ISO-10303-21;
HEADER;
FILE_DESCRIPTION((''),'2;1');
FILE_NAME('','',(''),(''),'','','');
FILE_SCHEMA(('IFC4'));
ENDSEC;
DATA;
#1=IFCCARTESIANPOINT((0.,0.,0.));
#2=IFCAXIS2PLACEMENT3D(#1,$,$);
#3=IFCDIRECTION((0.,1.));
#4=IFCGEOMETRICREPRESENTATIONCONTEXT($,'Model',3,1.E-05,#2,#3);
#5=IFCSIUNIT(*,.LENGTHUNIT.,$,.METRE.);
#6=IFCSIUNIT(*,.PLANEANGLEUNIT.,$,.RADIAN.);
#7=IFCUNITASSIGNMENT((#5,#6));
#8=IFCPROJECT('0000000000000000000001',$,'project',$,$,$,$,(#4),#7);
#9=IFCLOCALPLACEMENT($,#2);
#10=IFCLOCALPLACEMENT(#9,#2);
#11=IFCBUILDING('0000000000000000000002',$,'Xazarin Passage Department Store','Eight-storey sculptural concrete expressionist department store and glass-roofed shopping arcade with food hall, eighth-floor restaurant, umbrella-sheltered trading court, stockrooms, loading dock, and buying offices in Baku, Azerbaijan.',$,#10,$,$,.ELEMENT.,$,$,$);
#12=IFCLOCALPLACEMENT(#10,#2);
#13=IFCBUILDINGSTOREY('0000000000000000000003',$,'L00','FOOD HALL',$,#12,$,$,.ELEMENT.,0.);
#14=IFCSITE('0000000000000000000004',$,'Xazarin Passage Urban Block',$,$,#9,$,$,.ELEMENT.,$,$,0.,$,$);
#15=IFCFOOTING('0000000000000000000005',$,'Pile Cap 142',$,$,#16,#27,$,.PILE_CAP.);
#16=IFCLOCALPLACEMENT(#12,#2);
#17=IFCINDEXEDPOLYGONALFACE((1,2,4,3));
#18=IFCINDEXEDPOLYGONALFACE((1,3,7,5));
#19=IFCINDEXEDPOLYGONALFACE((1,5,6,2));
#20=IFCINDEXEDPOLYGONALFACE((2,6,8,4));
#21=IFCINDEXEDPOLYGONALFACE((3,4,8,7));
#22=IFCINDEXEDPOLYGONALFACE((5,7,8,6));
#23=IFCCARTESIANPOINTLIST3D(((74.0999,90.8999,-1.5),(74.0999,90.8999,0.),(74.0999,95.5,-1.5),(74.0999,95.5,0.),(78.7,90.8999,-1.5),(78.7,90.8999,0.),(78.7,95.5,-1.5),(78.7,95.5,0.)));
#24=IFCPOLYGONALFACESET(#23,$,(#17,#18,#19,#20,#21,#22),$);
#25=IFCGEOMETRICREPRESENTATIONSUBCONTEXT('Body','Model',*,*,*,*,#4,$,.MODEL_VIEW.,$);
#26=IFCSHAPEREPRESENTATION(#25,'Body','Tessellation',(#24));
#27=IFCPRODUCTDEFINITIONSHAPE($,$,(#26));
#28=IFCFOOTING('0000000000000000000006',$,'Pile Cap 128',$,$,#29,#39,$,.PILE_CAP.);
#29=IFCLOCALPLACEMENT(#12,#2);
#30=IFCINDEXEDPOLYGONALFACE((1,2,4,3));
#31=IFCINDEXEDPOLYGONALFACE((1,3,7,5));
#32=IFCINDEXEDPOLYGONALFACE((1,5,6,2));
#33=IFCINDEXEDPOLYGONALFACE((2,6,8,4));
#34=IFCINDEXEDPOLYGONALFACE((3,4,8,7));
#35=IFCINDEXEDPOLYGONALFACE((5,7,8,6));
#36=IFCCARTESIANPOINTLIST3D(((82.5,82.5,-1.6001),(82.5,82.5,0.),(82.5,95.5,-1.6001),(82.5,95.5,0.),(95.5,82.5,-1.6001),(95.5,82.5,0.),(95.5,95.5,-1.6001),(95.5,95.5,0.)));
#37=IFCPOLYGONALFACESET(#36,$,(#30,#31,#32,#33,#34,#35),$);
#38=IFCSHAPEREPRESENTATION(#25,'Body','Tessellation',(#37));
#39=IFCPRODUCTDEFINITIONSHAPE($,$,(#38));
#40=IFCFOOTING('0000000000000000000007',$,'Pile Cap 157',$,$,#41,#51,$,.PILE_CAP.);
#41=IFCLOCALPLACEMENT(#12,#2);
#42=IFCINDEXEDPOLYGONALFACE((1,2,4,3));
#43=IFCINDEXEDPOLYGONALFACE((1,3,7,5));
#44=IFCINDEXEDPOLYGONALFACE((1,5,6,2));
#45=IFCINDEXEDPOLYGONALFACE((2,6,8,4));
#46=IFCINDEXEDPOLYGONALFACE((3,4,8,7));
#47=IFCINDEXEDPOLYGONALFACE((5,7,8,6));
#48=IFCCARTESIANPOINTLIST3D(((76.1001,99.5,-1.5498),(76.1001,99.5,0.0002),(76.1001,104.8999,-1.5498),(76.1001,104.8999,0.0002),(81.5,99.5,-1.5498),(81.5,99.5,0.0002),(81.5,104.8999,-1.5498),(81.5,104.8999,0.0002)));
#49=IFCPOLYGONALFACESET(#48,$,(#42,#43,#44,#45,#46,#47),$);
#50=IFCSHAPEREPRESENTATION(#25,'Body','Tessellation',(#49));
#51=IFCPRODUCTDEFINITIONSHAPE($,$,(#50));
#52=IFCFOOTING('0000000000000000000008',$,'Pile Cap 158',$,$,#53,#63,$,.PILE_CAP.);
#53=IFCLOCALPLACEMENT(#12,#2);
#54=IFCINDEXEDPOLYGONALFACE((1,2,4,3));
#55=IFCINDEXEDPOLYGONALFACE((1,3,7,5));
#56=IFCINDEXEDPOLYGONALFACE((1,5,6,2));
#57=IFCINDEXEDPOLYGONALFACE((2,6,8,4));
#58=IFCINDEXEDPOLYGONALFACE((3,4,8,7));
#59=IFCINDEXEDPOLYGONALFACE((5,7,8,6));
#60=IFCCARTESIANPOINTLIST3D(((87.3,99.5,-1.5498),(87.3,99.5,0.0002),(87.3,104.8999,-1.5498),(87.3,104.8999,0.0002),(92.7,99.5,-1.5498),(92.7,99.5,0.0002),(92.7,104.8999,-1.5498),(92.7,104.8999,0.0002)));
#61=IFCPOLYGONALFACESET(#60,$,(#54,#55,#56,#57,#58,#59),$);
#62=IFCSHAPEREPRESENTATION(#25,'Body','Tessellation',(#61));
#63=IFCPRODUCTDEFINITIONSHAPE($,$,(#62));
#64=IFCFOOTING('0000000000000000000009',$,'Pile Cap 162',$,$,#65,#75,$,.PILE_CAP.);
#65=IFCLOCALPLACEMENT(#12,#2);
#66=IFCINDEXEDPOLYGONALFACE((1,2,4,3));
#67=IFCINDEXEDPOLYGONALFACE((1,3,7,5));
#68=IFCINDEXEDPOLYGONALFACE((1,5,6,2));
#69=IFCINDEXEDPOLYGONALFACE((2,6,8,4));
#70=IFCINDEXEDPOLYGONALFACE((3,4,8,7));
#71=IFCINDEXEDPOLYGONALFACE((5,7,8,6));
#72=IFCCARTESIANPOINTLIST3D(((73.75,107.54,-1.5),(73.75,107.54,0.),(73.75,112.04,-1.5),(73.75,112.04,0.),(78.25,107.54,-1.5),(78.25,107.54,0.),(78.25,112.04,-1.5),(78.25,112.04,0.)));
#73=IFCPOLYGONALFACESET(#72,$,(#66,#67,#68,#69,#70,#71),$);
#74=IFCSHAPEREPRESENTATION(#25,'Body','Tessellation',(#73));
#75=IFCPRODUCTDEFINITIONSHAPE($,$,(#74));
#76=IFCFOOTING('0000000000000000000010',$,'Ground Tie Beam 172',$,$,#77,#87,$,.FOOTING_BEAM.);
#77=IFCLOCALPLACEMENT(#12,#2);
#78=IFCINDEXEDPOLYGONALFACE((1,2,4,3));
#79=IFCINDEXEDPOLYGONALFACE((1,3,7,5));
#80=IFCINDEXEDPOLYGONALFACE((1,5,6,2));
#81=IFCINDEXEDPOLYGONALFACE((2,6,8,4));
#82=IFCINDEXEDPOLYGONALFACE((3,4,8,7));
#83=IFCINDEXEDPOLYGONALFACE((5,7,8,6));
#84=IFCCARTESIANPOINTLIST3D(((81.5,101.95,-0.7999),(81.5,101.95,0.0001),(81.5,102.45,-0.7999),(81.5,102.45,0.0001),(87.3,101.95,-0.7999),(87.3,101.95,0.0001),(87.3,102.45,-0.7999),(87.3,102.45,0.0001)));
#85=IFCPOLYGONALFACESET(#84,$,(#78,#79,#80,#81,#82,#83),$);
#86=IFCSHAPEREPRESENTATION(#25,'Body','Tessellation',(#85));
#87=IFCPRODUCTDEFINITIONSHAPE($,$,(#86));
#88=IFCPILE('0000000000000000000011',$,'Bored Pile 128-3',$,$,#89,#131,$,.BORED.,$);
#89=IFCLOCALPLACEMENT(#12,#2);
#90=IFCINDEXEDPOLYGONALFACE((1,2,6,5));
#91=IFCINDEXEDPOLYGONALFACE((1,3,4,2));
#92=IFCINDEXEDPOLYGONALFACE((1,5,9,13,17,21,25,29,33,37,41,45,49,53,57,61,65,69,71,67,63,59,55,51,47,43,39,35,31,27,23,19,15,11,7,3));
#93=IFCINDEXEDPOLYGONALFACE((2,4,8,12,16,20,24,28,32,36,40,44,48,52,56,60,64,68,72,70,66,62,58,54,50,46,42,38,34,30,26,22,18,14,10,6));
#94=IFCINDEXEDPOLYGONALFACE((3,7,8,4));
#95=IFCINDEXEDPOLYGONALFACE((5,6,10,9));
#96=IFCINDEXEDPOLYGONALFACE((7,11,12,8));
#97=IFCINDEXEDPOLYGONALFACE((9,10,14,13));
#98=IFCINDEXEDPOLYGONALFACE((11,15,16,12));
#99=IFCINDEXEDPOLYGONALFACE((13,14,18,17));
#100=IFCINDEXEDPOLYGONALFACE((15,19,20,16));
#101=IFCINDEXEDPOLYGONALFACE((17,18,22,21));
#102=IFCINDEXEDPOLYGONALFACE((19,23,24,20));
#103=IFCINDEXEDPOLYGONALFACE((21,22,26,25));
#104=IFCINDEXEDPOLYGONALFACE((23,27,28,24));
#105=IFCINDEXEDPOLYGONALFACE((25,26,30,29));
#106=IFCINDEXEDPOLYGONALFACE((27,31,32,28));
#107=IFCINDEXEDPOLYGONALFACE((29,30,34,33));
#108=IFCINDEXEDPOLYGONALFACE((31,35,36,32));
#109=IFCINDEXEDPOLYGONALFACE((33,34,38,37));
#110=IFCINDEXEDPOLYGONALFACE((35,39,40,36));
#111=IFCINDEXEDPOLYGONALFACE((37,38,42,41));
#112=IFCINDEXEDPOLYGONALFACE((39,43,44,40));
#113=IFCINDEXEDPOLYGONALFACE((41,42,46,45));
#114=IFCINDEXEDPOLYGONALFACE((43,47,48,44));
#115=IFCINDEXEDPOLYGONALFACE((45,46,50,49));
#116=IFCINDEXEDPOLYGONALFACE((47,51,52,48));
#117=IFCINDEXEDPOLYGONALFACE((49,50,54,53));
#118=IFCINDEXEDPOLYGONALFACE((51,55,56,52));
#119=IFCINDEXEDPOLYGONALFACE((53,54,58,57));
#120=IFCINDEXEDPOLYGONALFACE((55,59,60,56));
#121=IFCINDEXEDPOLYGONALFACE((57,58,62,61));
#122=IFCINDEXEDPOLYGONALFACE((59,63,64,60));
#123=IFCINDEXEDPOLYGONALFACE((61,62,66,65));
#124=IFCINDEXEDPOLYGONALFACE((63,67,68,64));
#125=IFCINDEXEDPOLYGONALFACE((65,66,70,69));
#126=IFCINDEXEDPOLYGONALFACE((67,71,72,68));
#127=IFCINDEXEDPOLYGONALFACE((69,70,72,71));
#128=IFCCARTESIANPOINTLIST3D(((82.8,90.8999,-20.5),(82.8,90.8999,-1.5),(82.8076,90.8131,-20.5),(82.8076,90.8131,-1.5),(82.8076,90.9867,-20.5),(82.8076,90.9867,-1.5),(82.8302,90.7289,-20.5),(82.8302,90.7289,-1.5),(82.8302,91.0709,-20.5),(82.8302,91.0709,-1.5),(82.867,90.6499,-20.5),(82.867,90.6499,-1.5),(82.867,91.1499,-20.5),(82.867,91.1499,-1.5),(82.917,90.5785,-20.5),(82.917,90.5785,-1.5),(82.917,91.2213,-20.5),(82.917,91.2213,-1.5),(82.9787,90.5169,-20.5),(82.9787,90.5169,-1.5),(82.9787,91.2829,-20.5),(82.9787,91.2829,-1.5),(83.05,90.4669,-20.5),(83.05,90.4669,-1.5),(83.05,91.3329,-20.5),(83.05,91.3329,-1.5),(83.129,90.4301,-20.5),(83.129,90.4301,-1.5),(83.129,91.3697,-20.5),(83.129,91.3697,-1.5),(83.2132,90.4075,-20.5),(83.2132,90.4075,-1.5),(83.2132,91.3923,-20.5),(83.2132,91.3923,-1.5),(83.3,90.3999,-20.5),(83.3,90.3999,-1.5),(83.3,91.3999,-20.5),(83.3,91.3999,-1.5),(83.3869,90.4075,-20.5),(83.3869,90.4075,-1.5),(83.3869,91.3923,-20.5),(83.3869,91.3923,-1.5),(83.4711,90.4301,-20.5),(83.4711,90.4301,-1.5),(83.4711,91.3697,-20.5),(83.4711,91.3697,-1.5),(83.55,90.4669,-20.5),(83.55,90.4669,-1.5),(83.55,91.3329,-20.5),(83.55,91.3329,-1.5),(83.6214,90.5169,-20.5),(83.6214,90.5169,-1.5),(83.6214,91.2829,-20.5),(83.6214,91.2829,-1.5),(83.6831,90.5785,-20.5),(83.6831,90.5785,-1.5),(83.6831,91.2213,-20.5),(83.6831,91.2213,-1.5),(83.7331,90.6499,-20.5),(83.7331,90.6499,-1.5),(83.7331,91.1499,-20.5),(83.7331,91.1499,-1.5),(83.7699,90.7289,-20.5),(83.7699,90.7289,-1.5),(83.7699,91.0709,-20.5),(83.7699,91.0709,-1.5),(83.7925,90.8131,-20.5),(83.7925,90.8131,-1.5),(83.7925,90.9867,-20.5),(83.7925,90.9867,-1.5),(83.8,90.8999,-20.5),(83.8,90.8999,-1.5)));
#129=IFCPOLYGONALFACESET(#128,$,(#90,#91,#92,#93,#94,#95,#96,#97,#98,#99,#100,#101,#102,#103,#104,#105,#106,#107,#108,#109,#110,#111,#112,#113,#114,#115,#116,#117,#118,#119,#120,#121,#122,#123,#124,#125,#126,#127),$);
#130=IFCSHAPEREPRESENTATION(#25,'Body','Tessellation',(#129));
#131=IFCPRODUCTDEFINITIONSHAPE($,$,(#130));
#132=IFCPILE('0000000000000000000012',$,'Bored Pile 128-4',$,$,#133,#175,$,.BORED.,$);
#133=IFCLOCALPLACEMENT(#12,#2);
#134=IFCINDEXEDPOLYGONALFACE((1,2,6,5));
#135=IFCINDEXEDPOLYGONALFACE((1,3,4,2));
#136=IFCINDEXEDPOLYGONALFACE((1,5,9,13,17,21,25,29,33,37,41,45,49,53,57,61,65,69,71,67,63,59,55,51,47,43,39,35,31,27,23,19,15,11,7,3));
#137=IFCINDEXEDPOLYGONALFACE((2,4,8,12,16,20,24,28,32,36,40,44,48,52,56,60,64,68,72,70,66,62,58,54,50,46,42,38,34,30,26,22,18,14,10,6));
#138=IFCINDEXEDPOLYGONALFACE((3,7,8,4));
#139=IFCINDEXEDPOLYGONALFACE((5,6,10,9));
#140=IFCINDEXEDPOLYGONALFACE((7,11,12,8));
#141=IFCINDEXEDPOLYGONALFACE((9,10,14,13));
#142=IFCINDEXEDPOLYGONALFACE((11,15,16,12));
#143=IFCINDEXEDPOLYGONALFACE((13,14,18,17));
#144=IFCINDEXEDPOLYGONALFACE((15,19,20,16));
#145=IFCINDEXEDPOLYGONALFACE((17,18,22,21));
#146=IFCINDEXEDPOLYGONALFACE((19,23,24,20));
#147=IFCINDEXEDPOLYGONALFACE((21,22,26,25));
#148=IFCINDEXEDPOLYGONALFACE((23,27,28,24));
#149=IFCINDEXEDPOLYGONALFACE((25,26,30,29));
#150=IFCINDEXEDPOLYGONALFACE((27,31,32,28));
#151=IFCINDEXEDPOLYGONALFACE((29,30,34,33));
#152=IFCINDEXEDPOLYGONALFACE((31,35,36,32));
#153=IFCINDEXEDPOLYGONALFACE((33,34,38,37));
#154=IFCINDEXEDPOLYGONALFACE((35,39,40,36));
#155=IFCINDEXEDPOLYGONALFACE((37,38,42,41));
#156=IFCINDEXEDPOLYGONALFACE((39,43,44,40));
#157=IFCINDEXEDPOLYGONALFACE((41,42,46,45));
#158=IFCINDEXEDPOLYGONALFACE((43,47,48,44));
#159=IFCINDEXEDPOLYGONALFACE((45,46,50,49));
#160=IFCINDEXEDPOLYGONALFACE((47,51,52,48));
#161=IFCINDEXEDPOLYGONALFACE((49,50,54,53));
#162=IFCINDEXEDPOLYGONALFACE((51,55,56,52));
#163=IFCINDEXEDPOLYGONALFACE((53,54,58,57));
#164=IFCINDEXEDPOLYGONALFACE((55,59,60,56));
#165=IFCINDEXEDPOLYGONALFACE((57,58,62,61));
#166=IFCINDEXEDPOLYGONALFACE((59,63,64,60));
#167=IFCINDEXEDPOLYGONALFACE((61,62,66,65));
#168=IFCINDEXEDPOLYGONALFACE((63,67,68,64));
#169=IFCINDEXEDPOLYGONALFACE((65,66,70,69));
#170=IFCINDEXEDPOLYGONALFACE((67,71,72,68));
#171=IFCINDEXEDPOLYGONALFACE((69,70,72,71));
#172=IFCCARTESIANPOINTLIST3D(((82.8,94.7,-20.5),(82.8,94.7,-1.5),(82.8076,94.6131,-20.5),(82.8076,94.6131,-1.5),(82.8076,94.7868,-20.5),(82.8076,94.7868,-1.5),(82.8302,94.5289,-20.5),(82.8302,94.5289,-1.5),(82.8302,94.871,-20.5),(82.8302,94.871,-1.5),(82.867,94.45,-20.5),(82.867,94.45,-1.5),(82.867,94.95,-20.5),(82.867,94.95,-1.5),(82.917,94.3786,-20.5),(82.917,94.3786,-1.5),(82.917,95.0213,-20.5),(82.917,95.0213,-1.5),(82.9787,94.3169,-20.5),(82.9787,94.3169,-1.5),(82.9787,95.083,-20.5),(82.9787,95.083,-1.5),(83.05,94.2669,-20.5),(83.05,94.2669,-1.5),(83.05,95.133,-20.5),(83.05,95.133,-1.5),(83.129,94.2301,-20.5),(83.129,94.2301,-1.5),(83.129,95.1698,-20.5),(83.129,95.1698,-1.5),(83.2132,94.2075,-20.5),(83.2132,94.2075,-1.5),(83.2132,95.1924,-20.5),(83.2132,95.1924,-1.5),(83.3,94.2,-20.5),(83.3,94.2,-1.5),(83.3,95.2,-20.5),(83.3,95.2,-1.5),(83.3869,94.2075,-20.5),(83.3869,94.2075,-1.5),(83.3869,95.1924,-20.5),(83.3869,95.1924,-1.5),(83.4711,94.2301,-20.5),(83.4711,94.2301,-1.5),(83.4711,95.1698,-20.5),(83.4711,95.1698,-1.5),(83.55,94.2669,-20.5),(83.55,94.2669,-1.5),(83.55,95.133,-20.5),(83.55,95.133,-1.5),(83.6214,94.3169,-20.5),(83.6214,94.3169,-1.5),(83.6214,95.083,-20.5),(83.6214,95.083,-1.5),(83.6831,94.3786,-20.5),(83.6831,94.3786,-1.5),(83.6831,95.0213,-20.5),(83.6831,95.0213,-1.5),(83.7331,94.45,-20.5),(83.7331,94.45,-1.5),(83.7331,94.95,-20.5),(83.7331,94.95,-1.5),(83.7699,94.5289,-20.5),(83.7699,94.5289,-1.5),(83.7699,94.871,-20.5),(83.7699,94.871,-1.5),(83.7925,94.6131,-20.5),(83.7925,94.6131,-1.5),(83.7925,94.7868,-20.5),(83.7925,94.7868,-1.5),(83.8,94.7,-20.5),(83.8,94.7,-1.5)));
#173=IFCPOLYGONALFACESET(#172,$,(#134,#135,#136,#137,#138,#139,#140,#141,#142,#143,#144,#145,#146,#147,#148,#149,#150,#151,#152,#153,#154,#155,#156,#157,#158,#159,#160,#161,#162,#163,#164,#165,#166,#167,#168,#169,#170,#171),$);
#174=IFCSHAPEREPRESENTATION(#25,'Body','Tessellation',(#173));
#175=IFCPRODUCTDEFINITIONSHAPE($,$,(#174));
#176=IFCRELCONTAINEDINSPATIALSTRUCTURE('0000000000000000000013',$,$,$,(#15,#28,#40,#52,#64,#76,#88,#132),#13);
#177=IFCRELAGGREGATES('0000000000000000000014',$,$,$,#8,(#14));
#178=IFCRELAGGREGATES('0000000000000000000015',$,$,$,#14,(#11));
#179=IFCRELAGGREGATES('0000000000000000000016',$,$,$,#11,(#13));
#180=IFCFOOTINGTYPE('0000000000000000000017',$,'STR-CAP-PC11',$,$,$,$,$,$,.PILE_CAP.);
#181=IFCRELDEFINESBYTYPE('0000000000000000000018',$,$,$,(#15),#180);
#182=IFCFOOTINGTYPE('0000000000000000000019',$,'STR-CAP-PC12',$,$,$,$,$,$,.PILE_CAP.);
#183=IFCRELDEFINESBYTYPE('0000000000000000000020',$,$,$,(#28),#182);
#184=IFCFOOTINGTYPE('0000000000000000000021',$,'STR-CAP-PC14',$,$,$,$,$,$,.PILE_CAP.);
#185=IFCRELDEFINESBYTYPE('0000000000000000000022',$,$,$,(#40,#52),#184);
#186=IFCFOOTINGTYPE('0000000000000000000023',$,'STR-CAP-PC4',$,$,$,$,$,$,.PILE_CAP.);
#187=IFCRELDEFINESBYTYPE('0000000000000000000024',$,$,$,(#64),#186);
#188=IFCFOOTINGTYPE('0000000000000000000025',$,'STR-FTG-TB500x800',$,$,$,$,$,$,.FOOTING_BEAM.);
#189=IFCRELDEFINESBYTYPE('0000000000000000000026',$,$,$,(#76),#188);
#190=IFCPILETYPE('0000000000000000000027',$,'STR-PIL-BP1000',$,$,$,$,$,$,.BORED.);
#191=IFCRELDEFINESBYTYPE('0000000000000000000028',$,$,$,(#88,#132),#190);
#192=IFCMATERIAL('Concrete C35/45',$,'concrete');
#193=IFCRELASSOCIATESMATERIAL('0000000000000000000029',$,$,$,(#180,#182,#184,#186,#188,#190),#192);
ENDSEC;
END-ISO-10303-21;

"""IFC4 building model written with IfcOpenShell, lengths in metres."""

from ifc_helpers import new_model, si_unit, direction, frame, origin, origin_2d, place, context, subcontext, project, spatial, rectangle, circle, extrude, material, material_profile, profile_set, type_object, element, save


model = new_model("IFC4")

# Units and contexts
model_context = context("Model", 3, precision=1e-05, world=origin(), true_north=direction((0.0, 1.0)))
body_context = subcontext(model_context, "Body", "Model", "MODEL_VIEW")
ifc_project = project(units=[si_unit("LENGTHUNIT", "METRE"), si_unit("PLANEANGLEUNIT", "RADIAN")], contexts=[model_context])

# Site, building, storey
site_placement = place(None, origin())
site = spatial("IfcSite", under=ifc_project, at=site_placement, Name="Xazarin Passage Urban Block", CompositionType="ELEMENT", RefElevation=0.0)
building_placement = place(site_placement, origin())
building = spatial("IfcBuilding", under=site, at=building_placement, Name="Xazarin Passage Department Store", Description="Eight-storey sculptural concrete expressionist department store and glass-roofed shopping arcade with food hall, eighth-floor restaurant, umbrella-sheltered trading court, stockrooms, loading dock, and buying offices in Baku, Azerbaijan.", CompositionType="ELEMENT")
storey_placement = place(building_placement, origin())
storey = spatial("IfcBuildingStorey", under=building, at=storey_placement, Name="L00", Description="FOOD HALL", CompositionType="ELEMENT", Elevation=0.0)

# Footings
ifc_material_1 = material(Name="Concrete C35/45", Category="concrete")
footing_type_1 = type_object("IfcFootingType", Name="STR-CAP-PC11", PredefinedType="PILE_CAP", material=ifc_material_1)
footing_1_placement = place(storey_placement, frame((76.3999, 93.2, -1.5), z_axis=(0.0, 0.0, 1.0), x_axis=(1.0, 0.0, 0.0)))
element("IfcFooting", 1, at=footing_1_placement, inside=storey, type_object=footing_type_1, Name="Pile Cap 142", PredefinedType="PILE_CAP", context=body_context, shape_type="SweptSolid", body=[
    extrude(rectangle(XDim=4.6001, YDim=4.6001, at=origin_2d()), origin(), (0.0, 0.0, 1.0), 1.5),
])
footing_type_2 = type_object("IfcFootingType", Name="STR-CAP-PC12", PredefinedType="PILE_CAP", material=ifc_material_1)
footing_2_placement = place(storey_placement, frame((89.0, 89.0, -1.6001), z_axis=(0.0, 0.0, 1.0), x_axis=(1.0, 0.0, 0.0)))
element("IfcFooting", 2, at=footing_2_placement, inside=storey, type_object=footing_type_2, Name="Pile Cap 128", PredefinedType="PILE_CAP", context=body_context, shape_type="SweptSolid", body=[
    extrude(rectangle(XDim=13.0, YDim=13.0, at=origin_2d()), origin(), (0.0, 0.0, 1.0), 1.6001),
])
footing_type_3 = type_object("IfcFootingType", Name="STR-CAP-PC14", PredefinedType="PILE_CAP", material=ifc_material_1)
for number, where, z_axis, x_axis, name in (
    (3, (78.8, 102.2, -1.5498), (0.0, 0.0, 1.0), (1.0, 0.0, 0.0), "Pile Cap 157"),
    (4, (90.0, 102.2, -1.5498), (0.0, 0.0, 1.0), (1.0, 0.0, 0.0), "Pile Cap 158"),
):
    element("IfcFooting", number, at=place(storey_placement, frame(where, z_axis=z_axis, x_axis=x_axis)), inside=storey, type_object=footing_type_3, Name=name, PredefinedType="PILE_CAP", context=body_context, shape_type="SweptSolid", body=[
        extrude(rectangle(XDim=5.3999, YDim=5.3999, at=origin_2d()), origin(), (0.0, 0.0, 1.0), 1.55),
    ])
footing_type_4 = type_object("IfcFootingType", Name="STR-CAP-PC4", PredefinedType="PILE_CAP", material=ifc_material_1)
footing_3_placement = place(storey_placement, frame((76.0, 109.79, -1.5), z_axis=(0.0, 0.0, 1.0), x_axis=(1.0, 0.0, 0.0)))
element("IfcFooting", 5, at=footing_3_placement, inside=storey, type_object=footing_type_4, Name="Pile Cap 162", PredefinedType="PILE_CAP", context=body_context, shape_type="SweptSolid", body=[
    extrude(rectangle(XDim=4.5, YDim=4.5, at=origin_2d()), origin(), (0.0, 0.0, 1.0), 1.5),
])
ifc_material_profile_1 = material_profile(ifc_material_1, rectangle(XDim=0.5, YDim=0.8, at=origin_2d()), Name="RC 500x800")
ifc_profile_set_1 = profile_set([ifc_material_profile_1], Name="Concrete C35/45")
footing_type_5 = type_object("IfcFootingType", Name="STR-FTG-TB500x800", PredefinedType="FOOTING_BEAM", material=ifc_profile_set_1)
footing_4_placement = place(storey_placement, frame((81.5, 102.2, -0.3999), z_axis=(1.0, 0.0, 0.0), x_axis=(0.0, 1.0, 0.0)))
element("IfcFooting", 6, at=footing_4_placement, inside=storey, type_object=footing_type_5, Name="Ground Tie Beam 172", PredefinedType="FOOTING_BEAM", context=body_context, shape_type="SweptSolid", body=[
    extrude(rectangle(XDim=0.5, YDim=0.8, at=origin_2d()), origin(), (0.0, 0.0, 1.0), 5.8),
])

# Piles
ifc_material_profile_2 = material_profile(ifc_material_1, circle(Radius=0.5, at=origin_2d()), Name="BP 1000")
ifc_profile_set_2 = profile_set([ifc_material_profile_2], Name="Concrete C35/45")
pile_type_1 = type_object("IfcPileType", Name="STR-PIL-BP1000", PredefinedType="BORED", material=ifc_profile_set_2)
for number, where, z_axis, x_axis, name in (
    (7, (83.3, 90.8999, -1.5), (0.0, 0.0, -1.0), (1.0, 0.0, 0.0), "Bored Pile 128-3"),
    (8, (83.3, 94.7, -1.5), (0.0, 0.0, -1.0), (1.0, 0.0, 0.0), "Bored Pile 128-4"),
):
    element("IfcPile", number, at=place(storey_placement, frame(where, z_axis=z_axis, x_axis=x_axis)), inside=storey, type_object=pile_type_1, Name=name, PredefinedType="BORED", context=body_context, shape_type="SweptSolid", body=[
        extrude(circle(Radius=0.5, at=origin_2d()), origin(), (0.0, 0.0, 1.0), 19.0),
    ])

save(model, "model.ifc")
